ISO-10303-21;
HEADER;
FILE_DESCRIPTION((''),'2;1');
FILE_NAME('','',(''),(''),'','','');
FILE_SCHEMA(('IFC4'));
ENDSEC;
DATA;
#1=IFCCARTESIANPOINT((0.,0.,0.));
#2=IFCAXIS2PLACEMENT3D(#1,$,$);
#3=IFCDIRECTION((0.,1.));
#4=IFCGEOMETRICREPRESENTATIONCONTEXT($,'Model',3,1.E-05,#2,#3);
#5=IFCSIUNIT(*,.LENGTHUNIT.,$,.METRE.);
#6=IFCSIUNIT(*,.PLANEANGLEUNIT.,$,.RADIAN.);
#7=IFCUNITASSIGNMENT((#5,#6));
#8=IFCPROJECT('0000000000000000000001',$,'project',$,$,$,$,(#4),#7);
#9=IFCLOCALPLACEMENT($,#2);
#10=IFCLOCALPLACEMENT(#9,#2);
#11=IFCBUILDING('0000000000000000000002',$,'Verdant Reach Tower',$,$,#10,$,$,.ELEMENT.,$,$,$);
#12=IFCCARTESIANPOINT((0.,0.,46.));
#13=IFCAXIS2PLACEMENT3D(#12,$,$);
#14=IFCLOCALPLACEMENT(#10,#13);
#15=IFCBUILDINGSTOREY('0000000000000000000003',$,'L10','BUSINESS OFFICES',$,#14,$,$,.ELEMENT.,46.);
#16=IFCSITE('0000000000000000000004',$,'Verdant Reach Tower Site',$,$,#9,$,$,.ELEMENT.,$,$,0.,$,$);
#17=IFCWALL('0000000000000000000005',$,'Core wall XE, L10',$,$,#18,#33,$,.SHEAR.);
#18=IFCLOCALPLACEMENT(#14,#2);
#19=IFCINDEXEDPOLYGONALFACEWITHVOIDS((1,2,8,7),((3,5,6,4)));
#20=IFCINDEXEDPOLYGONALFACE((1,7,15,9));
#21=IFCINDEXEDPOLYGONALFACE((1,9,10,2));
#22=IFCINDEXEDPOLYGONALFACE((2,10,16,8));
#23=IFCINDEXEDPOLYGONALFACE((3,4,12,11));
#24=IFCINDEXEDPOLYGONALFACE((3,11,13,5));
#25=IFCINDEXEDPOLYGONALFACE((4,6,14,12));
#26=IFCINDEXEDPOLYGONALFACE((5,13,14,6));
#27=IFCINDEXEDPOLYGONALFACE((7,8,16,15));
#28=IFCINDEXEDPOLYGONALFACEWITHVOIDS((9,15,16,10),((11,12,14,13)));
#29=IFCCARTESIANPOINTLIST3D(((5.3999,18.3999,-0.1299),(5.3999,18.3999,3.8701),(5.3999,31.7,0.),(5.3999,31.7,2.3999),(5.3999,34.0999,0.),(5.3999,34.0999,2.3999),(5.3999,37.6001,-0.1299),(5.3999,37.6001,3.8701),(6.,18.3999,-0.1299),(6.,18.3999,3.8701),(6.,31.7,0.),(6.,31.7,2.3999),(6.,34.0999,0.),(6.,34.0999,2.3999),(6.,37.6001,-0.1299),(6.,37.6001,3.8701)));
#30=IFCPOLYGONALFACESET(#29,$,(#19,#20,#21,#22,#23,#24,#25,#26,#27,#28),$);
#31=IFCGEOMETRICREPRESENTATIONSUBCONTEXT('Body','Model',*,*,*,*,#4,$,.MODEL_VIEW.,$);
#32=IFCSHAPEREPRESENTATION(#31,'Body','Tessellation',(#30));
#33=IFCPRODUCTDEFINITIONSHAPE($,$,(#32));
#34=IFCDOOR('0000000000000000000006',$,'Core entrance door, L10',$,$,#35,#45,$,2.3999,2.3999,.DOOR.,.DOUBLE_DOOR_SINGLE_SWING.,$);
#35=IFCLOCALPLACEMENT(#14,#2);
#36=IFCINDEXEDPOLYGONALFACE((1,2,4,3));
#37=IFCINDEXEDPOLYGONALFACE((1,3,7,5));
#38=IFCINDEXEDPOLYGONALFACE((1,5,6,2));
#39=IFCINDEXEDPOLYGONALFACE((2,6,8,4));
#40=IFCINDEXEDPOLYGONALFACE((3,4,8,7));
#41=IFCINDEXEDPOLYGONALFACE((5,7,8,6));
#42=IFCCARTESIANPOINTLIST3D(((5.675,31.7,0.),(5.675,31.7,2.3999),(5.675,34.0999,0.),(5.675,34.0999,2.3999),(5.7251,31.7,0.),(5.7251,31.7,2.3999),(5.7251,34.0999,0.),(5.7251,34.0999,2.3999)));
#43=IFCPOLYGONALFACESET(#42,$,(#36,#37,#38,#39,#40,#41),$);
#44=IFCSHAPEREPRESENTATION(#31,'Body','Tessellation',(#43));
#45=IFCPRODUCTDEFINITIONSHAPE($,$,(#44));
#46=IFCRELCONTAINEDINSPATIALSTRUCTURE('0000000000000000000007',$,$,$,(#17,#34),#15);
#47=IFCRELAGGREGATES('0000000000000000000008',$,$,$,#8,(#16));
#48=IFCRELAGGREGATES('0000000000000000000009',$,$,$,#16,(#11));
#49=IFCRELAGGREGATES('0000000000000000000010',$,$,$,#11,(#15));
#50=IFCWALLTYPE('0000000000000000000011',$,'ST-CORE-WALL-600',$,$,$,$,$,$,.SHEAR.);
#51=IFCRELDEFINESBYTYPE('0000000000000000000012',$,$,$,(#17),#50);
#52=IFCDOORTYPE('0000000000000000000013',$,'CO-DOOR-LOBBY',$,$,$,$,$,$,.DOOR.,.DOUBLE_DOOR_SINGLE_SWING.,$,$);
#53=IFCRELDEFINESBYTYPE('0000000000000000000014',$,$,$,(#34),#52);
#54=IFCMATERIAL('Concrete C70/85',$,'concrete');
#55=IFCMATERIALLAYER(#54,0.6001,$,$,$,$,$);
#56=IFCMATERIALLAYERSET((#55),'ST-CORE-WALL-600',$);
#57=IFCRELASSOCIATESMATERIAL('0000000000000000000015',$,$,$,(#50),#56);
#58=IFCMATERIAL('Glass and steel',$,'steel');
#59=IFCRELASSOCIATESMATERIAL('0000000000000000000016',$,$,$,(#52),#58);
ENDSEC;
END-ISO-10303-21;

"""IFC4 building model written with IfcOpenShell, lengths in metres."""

from ifc_helpers import new_model, si_unit, direction, frame, frame_2d, origin, place, context, subcontext, project, spatial, rectangle, extrude, material, layer, layer_set, type_object, element, fill, save


model = new_model("IFC4")

# Units and contexts
model_context = context("Model", 3, precision=1e-05, world=origin(), true_north=direction((0.0, 1.0)))
body_context = subcontext(model_context, "Body", "Model", "MODEL_VIEW")
ifc_project = project(units=[si_unit("LENGTHUNIT", "METRE"), si_unit("PLANEANGLEUNIT", "RADIAN")], contexts=[model_context])

# Site, building, storey
site_placement = place(None, origin())
site = spatial("IfcSite", under=ifc_project, at=site_placement, Name="Verdant Reach Tower Site", CompositionType="ELEMENT", RefElevation=0.0)
building_placement = place(site_placement, origin())
building = spatial("IfcBuilding", under=site, at=building_placement, Name="Verdant Reach Tower", CompositionType="ELEMENT")
storey_placement = place(building_placement, frame((0.0, 0.0, 46.0)))
storey = spatial("IfcBuildingStorey", under=building, at=storey_placement, Name="L10", Description="BUSINESS OFFICES", CompositionType="ELEMENT", Elevation=46.0)

# Wall, opening, door
ifc_material_1 = material(Name="Concrete C70/85", Category="concrete")
ifc_layer_1 = layer(ifc_material_1, 0.6001)
ifc_layer_set_1 = layer_set([ifc_layer_1], Name="ST-CORE-WALL-600")
wall_type_1 = type_object("IfcWallType", Name="ST-CORE-WALL-600", PredefinedType="SHEAR", material=ifc_layer_set_1)
wall_1_placement = place(storey_placement, frame((5.7, 18.3999, -0.1299), z_axis=(0.0, 0.0, 1.0), x_axis=(0.0, 1.0, 0.0)))
wall_1 = element("IfcWall", 1, at=wall_1_placement, inside=storey, type_object=wall_type_1, Name="Core wall XE, L10", PredefinedType="SHEAR", context=body_context, shape_type="SweptSolid", body=[
    extrude(rectangle(XDim=19.2002, YDim=0.6001, at=frame_2d((9.6001, 0.0))), origin(), (0.0, 0.0, 1.0), 4.0),
])
opening_1_placement = place(wall_1_placement, frame((13.3, 0.0, 0.1299)))
opening_1 = element("IfcOpeningElement", 2, at=opening_1_placement, cuts=wall_1, PredefinedType="OPENING", context=body_context, shape_type="SweptSolid", body=[
    extrude(rectangle(XDim=2.3999, YDim=2.3999, at=frame_2d((1.2, 1.2))), frame((0.0, 0.3101, 0.0), z_axis=(0.0, -1.0, 0.0), x_axis=(1.0, 0.0, 0.0)), (0.0, 0.0, 1.0), 0.6201),
])
ifc_material_2 = material(Name="Glass and steel", Category="steel")
door_type_1 = type_object("IfcDoorType", Name="CO-DOOR-LOBBY", OperationType="DOUBLE_DOOR_SINGLE_SWING", PredefinedType="DOOR", material=ifc_material_2)
door_1_placement = place(opening_1_placement, origin())
door_1 = element("IfcDoor", 3, at=door_1_placement, inside=storey, type_object=door_type_1, Name="Core entrance door, L10", OperationType="DOUBLE_DOOR_SINGLE_SWING", OverallHeight=2.3999, OverallWidth=2.3999, PredefinedType="DOOR", context=body_context, shape_type="SweptSolid", body=[
    extrude(rectangle(XDim=2.3999, YDim=2.3999, at=frame_2d((1.2, 1.2))), frame((0.0, 0.0249, 0.0), z_axis=(0.0, -1.0, 0.0), x_axis=(1.0, 0.0, 0.0)), (0.0, 0.0, 1.0), 0.05),
])
fill(opening_1, door_1)

save(model, "model.ifc")
